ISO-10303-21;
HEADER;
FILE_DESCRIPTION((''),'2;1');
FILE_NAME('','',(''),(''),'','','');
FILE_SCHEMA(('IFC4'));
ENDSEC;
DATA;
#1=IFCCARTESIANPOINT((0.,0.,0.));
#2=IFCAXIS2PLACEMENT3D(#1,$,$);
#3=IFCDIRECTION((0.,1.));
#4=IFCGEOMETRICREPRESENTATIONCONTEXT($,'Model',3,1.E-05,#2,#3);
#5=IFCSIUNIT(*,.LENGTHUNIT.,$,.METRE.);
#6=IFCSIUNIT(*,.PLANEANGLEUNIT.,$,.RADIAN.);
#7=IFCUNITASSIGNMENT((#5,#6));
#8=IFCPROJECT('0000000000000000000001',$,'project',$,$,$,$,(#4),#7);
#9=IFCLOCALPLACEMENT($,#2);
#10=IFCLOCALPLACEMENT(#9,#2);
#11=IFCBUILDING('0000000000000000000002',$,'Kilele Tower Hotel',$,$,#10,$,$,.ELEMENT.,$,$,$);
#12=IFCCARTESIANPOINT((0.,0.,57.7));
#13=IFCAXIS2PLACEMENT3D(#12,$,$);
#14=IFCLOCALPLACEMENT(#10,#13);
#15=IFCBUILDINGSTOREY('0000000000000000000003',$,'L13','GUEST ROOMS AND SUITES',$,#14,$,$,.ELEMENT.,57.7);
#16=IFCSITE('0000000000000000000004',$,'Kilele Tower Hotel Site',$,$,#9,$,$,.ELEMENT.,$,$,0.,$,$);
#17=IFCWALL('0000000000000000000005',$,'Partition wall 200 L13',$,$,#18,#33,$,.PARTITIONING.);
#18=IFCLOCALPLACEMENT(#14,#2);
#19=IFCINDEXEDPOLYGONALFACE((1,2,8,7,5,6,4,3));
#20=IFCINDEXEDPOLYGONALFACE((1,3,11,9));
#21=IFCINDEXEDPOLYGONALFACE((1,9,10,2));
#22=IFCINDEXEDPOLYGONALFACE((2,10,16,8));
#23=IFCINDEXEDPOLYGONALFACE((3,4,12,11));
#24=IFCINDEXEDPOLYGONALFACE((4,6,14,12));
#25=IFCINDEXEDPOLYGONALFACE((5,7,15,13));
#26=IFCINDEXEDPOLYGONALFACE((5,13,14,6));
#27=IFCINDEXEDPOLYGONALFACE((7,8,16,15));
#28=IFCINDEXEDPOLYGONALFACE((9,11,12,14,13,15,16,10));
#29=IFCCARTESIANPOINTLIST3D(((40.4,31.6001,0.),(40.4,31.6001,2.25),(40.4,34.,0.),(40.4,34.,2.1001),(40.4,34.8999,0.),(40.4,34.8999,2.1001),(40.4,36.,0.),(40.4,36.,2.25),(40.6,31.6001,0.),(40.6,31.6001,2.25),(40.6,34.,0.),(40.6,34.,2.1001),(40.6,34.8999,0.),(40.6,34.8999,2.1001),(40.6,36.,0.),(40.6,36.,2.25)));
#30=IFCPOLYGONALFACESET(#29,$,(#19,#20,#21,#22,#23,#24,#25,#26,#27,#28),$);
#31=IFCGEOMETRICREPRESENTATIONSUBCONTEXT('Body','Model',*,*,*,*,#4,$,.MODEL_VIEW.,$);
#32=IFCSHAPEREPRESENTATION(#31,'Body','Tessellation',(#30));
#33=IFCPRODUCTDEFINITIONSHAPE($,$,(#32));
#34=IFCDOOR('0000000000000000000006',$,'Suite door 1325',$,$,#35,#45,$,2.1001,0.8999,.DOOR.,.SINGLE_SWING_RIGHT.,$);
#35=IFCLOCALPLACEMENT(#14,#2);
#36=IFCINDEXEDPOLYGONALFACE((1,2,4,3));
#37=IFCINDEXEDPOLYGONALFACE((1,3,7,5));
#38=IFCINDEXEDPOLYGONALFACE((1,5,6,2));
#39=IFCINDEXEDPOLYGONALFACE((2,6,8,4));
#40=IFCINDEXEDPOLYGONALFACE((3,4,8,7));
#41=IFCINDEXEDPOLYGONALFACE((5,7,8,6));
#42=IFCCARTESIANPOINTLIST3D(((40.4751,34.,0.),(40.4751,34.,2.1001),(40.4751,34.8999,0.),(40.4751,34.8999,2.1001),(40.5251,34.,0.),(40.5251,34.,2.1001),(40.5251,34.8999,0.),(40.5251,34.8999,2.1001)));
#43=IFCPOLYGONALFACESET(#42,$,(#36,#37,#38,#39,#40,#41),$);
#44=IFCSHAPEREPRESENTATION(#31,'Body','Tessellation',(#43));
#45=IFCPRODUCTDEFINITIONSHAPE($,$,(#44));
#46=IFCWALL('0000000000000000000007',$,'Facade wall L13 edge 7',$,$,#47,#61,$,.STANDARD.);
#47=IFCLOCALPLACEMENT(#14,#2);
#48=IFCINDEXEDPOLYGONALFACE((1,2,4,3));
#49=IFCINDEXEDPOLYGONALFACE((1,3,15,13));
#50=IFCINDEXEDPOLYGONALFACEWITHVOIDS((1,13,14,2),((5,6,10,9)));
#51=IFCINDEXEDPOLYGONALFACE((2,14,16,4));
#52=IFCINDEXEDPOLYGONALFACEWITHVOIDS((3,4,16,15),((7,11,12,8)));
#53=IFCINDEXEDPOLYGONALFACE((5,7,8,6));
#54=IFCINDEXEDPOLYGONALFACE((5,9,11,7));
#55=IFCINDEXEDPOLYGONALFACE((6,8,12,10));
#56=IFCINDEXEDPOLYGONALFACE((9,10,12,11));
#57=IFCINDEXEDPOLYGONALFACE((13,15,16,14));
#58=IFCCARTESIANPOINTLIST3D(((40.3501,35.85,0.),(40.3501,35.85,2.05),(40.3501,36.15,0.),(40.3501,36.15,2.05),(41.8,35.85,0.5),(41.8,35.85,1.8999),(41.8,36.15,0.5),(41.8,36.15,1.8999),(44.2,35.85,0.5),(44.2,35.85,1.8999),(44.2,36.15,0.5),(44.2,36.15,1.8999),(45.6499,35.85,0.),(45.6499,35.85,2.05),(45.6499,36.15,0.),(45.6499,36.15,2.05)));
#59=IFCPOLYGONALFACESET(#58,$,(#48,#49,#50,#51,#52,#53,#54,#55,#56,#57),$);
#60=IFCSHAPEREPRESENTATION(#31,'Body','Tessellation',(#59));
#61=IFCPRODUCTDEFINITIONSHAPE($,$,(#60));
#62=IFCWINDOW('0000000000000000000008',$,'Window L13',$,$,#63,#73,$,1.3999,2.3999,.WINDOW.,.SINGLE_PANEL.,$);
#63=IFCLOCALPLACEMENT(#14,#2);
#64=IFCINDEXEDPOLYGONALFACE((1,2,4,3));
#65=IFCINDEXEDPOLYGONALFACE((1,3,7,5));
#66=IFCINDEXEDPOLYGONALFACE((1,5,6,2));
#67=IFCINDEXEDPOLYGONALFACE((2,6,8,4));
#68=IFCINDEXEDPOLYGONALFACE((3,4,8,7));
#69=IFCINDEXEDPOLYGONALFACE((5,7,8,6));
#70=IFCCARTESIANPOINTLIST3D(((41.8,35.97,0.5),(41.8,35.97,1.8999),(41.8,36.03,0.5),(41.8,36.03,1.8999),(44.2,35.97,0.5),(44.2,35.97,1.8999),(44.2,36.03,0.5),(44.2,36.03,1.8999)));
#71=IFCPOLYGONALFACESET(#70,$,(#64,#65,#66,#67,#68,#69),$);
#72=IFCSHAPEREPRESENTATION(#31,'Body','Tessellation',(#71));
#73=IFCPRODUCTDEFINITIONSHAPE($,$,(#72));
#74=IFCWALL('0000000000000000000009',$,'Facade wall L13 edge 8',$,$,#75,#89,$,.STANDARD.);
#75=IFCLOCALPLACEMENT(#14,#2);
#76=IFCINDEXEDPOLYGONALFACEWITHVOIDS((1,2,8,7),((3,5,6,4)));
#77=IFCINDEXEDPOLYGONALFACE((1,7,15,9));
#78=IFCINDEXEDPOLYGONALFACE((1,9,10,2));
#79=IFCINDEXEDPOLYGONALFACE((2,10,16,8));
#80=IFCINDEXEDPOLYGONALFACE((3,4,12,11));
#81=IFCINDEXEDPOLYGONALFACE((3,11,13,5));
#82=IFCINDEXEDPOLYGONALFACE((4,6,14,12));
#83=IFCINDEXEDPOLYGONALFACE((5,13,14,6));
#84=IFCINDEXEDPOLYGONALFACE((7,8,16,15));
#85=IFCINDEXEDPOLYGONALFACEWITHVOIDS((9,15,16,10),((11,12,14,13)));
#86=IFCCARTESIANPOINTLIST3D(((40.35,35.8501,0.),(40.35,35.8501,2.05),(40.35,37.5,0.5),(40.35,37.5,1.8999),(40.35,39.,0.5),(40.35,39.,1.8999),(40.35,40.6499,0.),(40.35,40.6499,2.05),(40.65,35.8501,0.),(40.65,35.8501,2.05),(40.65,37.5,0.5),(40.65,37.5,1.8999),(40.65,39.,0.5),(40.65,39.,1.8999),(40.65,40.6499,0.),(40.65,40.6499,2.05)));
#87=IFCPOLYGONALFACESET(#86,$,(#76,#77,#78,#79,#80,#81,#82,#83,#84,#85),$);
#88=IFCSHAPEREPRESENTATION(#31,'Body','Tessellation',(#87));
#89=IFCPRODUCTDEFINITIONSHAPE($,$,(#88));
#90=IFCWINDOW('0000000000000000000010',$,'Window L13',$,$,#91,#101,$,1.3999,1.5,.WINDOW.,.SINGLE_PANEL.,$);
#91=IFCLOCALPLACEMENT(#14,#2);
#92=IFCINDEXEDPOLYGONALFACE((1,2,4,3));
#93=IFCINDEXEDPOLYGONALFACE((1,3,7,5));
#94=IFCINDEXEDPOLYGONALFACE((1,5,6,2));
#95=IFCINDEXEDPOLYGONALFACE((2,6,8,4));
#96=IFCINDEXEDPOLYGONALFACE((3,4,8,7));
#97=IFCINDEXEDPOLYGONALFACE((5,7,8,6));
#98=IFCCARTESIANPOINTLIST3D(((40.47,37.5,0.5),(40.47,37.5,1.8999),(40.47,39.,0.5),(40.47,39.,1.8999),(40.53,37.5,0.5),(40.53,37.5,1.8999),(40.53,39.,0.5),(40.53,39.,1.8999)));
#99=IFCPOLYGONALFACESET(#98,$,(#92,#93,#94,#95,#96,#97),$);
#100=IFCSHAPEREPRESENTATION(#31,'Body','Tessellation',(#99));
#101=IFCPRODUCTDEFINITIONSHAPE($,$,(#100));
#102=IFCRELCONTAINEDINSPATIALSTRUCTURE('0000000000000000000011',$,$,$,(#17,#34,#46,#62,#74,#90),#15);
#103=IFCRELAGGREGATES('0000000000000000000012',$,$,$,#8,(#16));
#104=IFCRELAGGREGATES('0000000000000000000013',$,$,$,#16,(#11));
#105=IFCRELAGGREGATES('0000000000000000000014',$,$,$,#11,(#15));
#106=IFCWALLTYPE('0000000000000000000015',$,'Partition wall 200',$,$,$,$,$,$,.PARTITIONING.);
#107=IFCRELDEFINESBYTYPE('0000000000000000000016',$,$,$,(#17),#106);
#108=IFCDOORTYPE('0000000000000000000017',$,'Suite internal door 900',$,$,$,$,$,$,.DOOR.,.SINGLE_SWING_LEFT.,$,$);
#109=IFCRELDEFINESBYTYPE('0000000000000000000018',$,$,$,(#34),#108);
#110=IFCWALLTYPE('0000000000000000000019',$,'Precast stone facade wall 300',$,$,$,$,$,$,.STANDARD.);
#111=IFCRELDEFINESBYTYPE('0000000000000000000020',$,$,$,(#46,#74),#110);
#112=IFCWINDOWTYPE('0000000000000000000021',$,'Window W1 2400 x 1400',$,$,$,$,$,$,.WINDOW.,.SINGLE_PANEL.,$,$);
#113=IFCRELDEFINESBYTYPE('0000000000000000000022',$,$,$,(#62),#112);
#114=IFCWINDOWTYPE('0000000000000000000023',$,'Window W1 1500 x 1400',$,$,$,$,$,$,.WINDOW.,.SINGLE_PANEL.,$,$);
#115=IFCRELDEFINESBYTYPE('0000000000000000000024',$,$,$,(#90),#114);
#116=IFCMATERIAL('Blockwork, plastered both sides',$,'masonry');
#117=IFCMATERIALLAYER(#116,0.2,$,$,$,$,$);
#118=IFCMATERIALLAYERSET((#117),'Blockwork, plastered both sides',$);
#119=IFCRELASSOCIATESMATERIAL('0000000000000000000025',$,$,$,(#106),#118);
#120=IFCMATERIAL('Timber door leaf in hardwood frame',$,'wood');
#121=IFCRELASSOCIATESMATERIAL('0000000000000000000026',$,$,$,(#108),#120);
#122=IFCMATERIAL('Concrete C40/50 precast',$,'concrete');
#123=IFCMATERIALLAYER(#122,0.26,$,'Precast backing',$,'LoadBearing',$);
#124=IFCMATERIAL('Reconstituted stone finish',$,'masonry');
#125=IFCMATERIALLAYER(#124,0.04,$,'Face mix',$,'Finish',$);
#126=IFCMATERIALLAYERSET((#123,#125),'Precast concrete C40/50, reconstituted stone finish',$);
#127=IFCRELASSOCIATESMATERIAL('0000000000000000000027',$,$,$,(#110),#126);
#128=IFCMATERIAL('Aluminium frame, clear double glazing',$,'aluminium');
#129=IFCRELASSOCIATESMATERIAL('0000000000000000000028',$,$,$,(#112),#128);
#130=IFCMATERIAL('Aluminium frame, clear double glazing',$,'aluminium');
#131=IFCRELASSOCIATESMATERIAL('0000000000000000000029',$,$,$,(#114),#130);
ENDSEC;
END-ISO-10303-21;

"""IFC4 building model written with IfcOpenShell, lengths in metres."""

from ifc_helpers import new_model, si_unit, direction, frame, frame_2d, origin, place, context, subcontext, project, spatial, rectangle, extrude, material, layer, layer_set, type_object, element, fill, save


model = new_model("IFC4")

# Units and contexts
model_context = context("Model", 3, precision=1e-05, world=origin(), true_north=direction((0.0, 1.0)))
body_context = subcontext(model_context, "Body", "Model", "MODEL_VIEW")
ifc_project = project(units=[si_unit("LENGTHUNIT", "METRE"), si_unit("PLANEANGLEUNIT", "RADIAN")], contexts=[model_context])

# Site, building, storey
site_placement = place(None, origin())
site = spatial("IfcSite", under=ifc_project, at=site_placement, Name="Kilele Tower Hotel Site", CompositionType="ELEMENT", RefElevation=0.0)
building_placement = place(site_placement, origin())
building = spatial("IfcBuilding", under=site, at=building_placement, Name="Kilele Tower Hotel", CompositionType="ELEMENT")
storey_placement = place(building_placement, frame((0.0, 0.0, 57.7)))
storey = spatial("IfcBuildingStorey", under=building, at=storey_placement, Name="L13", Description="GUEST ROOMS AND SUITES", CompositionType="ELEMENT", Elevation=57.7)

# Wall, opening, door
ifc_material_1 = material(Name="Blockwork, plastered both sides", Category="masonry")
ifc_layer_1 = layer(ifc_material_1, 0.2)
ifc_layer_set_1 = layer_set([ifc_layer_1], Name="Blockwork, plastered both sides")
wall_type_1 = type_object("IfcWallType", Name="Partition wall 200", PredefinedType="PARTITIONING", material=ifc_layer_set_1)
wall_1_placement = place(storey_placement, frame((40.5, 31.6001, 0.0), z_axis=(0.0, 0.0, 1.0), x_axis=(0.0, 1.0, 0.0)))
wall_1 = element("IfcWall", 1, at=wall_1_placement, inside=storey, type_object=wall_type_1, Name="Partition wall 200 L13", PredefinedType="PARTITIONING", context=body_context, shape_type="SweptSolid", body=[
    extrude(rectangle(XDim=4.3999, YDim=0.2, at=frame_2d((2.2, 0.0))), origin(), (0.0, 0.0, 1.0), 2.25),
])
opening_1_placement = place(wall_1_placement, frame((2.3999, 0.0, 0.0)))
opening_1 = element("IfcOpeningElement", 2, at=opening_1_placement, cuts=wall_1, PredefinedType="OPENING", context=body_context, shape_type="SweptSolid", body=[
    extrude(rectangle(XDim=0.8999, YDim=2.1001, at=frame_2d((0.45, 1.05))), frame((0.0, 0.1099, 0.0), z_axis=(0.0, -1.0, 0.0), x_axis=(1.0, 0.0, 0.0)), (0.0, 0.0, 1.0), 0.22),
])
ifc_material_2 = material(Name="Timber door leaf in hardwood frame", Category="wood")
door_type_1 = type_object("IfcDoorType", Name="Suite internal door 900", OperationType="SINGLE_SWING_LEFT", PredefinedType="DOOR", material=ifc_material_2)
door_1_placement = place(opening_1_placement, origin())
door_1 = element("IfcDoor", 3, at=door_1_placement, inside=storey, type_object=door_type_1, Name="Suite door 1325", OperationType="SINGLE_SWING_RIGHT", OverallHeight=2.1001, OverallWidth=0.8999, PredefinedType="DOOR", context=body_context, shape_type="SweptSolid", body=[
    extrude(rectangle(XDim=0.8999, YDim=2.1001, at=frame_2d((0.45, 1.05))), frame((0.0, 0.0249, 0.0), z_axis=(0.0, -1.0, 0.0), x_axis=(1.0, 0.0, 0.0)), (0.0, 0.0, 1.0), 0.05),
])
fill(opening_1, door_1)

# Walls, openings, windows
ifc_material_3 = material(Name="Concrete C40/50 precast", Category="concrete")
ifc_layer_2 = layer(ifc_material_3, 0.26, Name="Precast backing", Category="LoadBearing")
ifc_material_4 = material(Name="Reconstituted stone finish", Category="masonry")
ifc_layer_3 = layer(ifc_material_4, 0.04, Name="Face mix", Category="Finish")
ifc_layer_set_2 = layer_set([ifc_layer_2, ifc_layer_3], Name="Precast concrete C40/50, reconstituted stone finish")
wall_type_2 = type_object("IfcWallType", Name="Precast stone facade wall 300", PredefinedType="STANDARD", material=ifc_layer_set_2)
wall_2_placement = place(storey_placement, frame((45.6499, 36.0, 0.0), z_axis=(0.0, 0.0, 1.0), x_axis=(-1.0, 0.0, 0.0)))
wall_2 = element("IfcWall", 4, at=wall_2_placement, inside=storey, type_object=wall_type_2, Name="Facade wall L13 edge 7", PredefinedType="STANDARD", context=body_context, shape_type="SweptSolid", body=[
    extrude(rectangle(XDim=5.2998, YDim=0.3, at=frame_2d((2.6499, 0.0))), origin(), (0.0, 0.0, 1.0), 2.05),
])
opening_2_placement = place(wall_2_placement, frame((1.45, 0.0, 0.5)))
opening_2 = element("IfcOpeningElement", 5, at=opening_2_placement, cuts=wall_2, PredefinedType="OPENING", context=body_context, shape_type="SweptSolid", body=[
    extrude(rectangle(XDim=2.3999, YDim=1.3999, at=frame_2d((1.2, 0.7))), frame((0.0, 0.1599, 0.0), z_axis=(0.0, -1.0, 0.0), x_axis=(1.0, 0.0, 0.0)), (0.0, 0.0, 1.0), 0.3201),
])
ifc_material_5 = material(Name="Aluminium frame, clear double glazing", Category="aluminium")
window_type_1 = type_object("IfcWindowType", Name="Window W1 2400 x 1400", PartitioningType="SINGLE_PANEL", PredefinedType="WINDOW", material=ifc_material_5)
window_1_placement = place(opening_2_placement, origin())
window_1 = element("IfcWindow", 6, at=window_1_placement, inside=storey, type_object=window_type_1, Name="Window L13", OverallHeight=1.3999, OverallWidth=2.3999, PartitioningType="SINGLE_PANEL", PredefinedType="WINDOW", context=body_context, shape_type="SweptSolid", body=[
    extrude(rectangle(XDim=2.3999, YDim=1.3999, at=frame_2d((1.2, 0.7))), frame((0.0, 0.03, 0.0), z_axis=(0.0, -1.0, 0.0), x_axis=(1.0, 0.0, 0.0)), (0.0, 0.0, 1.0), 0.0601),
])
fill(opening_2, window_1)
wall_3_placement = place(storey_placement, frame((40.5, 35.8501, 0.0), z_axis=(0.0, 0.0, 1.0), x_axis=(0.0, 1.0, 0.0)))
wall_3 = element("IfcWall", 7, at=wall_3_placement, inside=storey, type_object=wall_type_2, Name="Facade wall L13 edge 8", PredefinedType="STANDARD", context=body_context, shape_type="SweptSolid", body=[
    extrude(rectangle(XDim=4.7998, YDim=0.3, at=frame_2d((2.3999, 0.0))), origin(), (0.0, 0.0, 1.0), 2.05),
])
opening_3_placement = place(wall_3_placement, frame((1.6499, 0.0, 0.5)))
opening_3 = element("IfcOpeningElement", 8, at=opening_3_placement, cuts=wall_3, PredefinedType="OPENING", context=body_context, shape_type="SweptSolid", body=[
    extrude(rectangle(XDim=1.5, YDim=1.3999, at=frame_2d((0.75, 0.7))), frame((0.0, 0.1599, 0.0), z_axis=(0.0, -1.0, 0.0), x_axis=(1.0, 0.0, 0.0)), (0.0, 0.0, 1.0), 0.3201),
])
ifc_material_6 = material(Name="Aluminium frame, clear double glazing", Category="aluminium")
window_type_2 = type_object("IfcWindowType", Name="Window W1 1500 x 1400", PartitioningType="SINGLE_PANEL", PredefinedType="WINDOW", material=ifc_material_6)
window_2_placement = place(opening_3_placement, origin())
window_2 = element("IfcWindow", 9, at=window_2_placement, inside=storey, type_object=window_type_2, Name="Window L13", OverallHeight=1.3999, OverallWidth=1.5, PartitioningType="SINGLE_PANEL", PredefinedType="WINDOW", context=body_context, shape_type="SweptSolid", body=[
    extrude(rectangle(XDim=1.5, YDim=1.3999, at=frame_2d((0.75, 0.7))), frame((0.0, 0.03, 0.0), z_axis=(0.0, -1.0, 0.0), x_axis=(1.0, 0.0, 0.0)), (0.0, 0.0, 1.0), 0.0601),
])
fill(opening_3, window_2)

save(model, "model.ifc")
